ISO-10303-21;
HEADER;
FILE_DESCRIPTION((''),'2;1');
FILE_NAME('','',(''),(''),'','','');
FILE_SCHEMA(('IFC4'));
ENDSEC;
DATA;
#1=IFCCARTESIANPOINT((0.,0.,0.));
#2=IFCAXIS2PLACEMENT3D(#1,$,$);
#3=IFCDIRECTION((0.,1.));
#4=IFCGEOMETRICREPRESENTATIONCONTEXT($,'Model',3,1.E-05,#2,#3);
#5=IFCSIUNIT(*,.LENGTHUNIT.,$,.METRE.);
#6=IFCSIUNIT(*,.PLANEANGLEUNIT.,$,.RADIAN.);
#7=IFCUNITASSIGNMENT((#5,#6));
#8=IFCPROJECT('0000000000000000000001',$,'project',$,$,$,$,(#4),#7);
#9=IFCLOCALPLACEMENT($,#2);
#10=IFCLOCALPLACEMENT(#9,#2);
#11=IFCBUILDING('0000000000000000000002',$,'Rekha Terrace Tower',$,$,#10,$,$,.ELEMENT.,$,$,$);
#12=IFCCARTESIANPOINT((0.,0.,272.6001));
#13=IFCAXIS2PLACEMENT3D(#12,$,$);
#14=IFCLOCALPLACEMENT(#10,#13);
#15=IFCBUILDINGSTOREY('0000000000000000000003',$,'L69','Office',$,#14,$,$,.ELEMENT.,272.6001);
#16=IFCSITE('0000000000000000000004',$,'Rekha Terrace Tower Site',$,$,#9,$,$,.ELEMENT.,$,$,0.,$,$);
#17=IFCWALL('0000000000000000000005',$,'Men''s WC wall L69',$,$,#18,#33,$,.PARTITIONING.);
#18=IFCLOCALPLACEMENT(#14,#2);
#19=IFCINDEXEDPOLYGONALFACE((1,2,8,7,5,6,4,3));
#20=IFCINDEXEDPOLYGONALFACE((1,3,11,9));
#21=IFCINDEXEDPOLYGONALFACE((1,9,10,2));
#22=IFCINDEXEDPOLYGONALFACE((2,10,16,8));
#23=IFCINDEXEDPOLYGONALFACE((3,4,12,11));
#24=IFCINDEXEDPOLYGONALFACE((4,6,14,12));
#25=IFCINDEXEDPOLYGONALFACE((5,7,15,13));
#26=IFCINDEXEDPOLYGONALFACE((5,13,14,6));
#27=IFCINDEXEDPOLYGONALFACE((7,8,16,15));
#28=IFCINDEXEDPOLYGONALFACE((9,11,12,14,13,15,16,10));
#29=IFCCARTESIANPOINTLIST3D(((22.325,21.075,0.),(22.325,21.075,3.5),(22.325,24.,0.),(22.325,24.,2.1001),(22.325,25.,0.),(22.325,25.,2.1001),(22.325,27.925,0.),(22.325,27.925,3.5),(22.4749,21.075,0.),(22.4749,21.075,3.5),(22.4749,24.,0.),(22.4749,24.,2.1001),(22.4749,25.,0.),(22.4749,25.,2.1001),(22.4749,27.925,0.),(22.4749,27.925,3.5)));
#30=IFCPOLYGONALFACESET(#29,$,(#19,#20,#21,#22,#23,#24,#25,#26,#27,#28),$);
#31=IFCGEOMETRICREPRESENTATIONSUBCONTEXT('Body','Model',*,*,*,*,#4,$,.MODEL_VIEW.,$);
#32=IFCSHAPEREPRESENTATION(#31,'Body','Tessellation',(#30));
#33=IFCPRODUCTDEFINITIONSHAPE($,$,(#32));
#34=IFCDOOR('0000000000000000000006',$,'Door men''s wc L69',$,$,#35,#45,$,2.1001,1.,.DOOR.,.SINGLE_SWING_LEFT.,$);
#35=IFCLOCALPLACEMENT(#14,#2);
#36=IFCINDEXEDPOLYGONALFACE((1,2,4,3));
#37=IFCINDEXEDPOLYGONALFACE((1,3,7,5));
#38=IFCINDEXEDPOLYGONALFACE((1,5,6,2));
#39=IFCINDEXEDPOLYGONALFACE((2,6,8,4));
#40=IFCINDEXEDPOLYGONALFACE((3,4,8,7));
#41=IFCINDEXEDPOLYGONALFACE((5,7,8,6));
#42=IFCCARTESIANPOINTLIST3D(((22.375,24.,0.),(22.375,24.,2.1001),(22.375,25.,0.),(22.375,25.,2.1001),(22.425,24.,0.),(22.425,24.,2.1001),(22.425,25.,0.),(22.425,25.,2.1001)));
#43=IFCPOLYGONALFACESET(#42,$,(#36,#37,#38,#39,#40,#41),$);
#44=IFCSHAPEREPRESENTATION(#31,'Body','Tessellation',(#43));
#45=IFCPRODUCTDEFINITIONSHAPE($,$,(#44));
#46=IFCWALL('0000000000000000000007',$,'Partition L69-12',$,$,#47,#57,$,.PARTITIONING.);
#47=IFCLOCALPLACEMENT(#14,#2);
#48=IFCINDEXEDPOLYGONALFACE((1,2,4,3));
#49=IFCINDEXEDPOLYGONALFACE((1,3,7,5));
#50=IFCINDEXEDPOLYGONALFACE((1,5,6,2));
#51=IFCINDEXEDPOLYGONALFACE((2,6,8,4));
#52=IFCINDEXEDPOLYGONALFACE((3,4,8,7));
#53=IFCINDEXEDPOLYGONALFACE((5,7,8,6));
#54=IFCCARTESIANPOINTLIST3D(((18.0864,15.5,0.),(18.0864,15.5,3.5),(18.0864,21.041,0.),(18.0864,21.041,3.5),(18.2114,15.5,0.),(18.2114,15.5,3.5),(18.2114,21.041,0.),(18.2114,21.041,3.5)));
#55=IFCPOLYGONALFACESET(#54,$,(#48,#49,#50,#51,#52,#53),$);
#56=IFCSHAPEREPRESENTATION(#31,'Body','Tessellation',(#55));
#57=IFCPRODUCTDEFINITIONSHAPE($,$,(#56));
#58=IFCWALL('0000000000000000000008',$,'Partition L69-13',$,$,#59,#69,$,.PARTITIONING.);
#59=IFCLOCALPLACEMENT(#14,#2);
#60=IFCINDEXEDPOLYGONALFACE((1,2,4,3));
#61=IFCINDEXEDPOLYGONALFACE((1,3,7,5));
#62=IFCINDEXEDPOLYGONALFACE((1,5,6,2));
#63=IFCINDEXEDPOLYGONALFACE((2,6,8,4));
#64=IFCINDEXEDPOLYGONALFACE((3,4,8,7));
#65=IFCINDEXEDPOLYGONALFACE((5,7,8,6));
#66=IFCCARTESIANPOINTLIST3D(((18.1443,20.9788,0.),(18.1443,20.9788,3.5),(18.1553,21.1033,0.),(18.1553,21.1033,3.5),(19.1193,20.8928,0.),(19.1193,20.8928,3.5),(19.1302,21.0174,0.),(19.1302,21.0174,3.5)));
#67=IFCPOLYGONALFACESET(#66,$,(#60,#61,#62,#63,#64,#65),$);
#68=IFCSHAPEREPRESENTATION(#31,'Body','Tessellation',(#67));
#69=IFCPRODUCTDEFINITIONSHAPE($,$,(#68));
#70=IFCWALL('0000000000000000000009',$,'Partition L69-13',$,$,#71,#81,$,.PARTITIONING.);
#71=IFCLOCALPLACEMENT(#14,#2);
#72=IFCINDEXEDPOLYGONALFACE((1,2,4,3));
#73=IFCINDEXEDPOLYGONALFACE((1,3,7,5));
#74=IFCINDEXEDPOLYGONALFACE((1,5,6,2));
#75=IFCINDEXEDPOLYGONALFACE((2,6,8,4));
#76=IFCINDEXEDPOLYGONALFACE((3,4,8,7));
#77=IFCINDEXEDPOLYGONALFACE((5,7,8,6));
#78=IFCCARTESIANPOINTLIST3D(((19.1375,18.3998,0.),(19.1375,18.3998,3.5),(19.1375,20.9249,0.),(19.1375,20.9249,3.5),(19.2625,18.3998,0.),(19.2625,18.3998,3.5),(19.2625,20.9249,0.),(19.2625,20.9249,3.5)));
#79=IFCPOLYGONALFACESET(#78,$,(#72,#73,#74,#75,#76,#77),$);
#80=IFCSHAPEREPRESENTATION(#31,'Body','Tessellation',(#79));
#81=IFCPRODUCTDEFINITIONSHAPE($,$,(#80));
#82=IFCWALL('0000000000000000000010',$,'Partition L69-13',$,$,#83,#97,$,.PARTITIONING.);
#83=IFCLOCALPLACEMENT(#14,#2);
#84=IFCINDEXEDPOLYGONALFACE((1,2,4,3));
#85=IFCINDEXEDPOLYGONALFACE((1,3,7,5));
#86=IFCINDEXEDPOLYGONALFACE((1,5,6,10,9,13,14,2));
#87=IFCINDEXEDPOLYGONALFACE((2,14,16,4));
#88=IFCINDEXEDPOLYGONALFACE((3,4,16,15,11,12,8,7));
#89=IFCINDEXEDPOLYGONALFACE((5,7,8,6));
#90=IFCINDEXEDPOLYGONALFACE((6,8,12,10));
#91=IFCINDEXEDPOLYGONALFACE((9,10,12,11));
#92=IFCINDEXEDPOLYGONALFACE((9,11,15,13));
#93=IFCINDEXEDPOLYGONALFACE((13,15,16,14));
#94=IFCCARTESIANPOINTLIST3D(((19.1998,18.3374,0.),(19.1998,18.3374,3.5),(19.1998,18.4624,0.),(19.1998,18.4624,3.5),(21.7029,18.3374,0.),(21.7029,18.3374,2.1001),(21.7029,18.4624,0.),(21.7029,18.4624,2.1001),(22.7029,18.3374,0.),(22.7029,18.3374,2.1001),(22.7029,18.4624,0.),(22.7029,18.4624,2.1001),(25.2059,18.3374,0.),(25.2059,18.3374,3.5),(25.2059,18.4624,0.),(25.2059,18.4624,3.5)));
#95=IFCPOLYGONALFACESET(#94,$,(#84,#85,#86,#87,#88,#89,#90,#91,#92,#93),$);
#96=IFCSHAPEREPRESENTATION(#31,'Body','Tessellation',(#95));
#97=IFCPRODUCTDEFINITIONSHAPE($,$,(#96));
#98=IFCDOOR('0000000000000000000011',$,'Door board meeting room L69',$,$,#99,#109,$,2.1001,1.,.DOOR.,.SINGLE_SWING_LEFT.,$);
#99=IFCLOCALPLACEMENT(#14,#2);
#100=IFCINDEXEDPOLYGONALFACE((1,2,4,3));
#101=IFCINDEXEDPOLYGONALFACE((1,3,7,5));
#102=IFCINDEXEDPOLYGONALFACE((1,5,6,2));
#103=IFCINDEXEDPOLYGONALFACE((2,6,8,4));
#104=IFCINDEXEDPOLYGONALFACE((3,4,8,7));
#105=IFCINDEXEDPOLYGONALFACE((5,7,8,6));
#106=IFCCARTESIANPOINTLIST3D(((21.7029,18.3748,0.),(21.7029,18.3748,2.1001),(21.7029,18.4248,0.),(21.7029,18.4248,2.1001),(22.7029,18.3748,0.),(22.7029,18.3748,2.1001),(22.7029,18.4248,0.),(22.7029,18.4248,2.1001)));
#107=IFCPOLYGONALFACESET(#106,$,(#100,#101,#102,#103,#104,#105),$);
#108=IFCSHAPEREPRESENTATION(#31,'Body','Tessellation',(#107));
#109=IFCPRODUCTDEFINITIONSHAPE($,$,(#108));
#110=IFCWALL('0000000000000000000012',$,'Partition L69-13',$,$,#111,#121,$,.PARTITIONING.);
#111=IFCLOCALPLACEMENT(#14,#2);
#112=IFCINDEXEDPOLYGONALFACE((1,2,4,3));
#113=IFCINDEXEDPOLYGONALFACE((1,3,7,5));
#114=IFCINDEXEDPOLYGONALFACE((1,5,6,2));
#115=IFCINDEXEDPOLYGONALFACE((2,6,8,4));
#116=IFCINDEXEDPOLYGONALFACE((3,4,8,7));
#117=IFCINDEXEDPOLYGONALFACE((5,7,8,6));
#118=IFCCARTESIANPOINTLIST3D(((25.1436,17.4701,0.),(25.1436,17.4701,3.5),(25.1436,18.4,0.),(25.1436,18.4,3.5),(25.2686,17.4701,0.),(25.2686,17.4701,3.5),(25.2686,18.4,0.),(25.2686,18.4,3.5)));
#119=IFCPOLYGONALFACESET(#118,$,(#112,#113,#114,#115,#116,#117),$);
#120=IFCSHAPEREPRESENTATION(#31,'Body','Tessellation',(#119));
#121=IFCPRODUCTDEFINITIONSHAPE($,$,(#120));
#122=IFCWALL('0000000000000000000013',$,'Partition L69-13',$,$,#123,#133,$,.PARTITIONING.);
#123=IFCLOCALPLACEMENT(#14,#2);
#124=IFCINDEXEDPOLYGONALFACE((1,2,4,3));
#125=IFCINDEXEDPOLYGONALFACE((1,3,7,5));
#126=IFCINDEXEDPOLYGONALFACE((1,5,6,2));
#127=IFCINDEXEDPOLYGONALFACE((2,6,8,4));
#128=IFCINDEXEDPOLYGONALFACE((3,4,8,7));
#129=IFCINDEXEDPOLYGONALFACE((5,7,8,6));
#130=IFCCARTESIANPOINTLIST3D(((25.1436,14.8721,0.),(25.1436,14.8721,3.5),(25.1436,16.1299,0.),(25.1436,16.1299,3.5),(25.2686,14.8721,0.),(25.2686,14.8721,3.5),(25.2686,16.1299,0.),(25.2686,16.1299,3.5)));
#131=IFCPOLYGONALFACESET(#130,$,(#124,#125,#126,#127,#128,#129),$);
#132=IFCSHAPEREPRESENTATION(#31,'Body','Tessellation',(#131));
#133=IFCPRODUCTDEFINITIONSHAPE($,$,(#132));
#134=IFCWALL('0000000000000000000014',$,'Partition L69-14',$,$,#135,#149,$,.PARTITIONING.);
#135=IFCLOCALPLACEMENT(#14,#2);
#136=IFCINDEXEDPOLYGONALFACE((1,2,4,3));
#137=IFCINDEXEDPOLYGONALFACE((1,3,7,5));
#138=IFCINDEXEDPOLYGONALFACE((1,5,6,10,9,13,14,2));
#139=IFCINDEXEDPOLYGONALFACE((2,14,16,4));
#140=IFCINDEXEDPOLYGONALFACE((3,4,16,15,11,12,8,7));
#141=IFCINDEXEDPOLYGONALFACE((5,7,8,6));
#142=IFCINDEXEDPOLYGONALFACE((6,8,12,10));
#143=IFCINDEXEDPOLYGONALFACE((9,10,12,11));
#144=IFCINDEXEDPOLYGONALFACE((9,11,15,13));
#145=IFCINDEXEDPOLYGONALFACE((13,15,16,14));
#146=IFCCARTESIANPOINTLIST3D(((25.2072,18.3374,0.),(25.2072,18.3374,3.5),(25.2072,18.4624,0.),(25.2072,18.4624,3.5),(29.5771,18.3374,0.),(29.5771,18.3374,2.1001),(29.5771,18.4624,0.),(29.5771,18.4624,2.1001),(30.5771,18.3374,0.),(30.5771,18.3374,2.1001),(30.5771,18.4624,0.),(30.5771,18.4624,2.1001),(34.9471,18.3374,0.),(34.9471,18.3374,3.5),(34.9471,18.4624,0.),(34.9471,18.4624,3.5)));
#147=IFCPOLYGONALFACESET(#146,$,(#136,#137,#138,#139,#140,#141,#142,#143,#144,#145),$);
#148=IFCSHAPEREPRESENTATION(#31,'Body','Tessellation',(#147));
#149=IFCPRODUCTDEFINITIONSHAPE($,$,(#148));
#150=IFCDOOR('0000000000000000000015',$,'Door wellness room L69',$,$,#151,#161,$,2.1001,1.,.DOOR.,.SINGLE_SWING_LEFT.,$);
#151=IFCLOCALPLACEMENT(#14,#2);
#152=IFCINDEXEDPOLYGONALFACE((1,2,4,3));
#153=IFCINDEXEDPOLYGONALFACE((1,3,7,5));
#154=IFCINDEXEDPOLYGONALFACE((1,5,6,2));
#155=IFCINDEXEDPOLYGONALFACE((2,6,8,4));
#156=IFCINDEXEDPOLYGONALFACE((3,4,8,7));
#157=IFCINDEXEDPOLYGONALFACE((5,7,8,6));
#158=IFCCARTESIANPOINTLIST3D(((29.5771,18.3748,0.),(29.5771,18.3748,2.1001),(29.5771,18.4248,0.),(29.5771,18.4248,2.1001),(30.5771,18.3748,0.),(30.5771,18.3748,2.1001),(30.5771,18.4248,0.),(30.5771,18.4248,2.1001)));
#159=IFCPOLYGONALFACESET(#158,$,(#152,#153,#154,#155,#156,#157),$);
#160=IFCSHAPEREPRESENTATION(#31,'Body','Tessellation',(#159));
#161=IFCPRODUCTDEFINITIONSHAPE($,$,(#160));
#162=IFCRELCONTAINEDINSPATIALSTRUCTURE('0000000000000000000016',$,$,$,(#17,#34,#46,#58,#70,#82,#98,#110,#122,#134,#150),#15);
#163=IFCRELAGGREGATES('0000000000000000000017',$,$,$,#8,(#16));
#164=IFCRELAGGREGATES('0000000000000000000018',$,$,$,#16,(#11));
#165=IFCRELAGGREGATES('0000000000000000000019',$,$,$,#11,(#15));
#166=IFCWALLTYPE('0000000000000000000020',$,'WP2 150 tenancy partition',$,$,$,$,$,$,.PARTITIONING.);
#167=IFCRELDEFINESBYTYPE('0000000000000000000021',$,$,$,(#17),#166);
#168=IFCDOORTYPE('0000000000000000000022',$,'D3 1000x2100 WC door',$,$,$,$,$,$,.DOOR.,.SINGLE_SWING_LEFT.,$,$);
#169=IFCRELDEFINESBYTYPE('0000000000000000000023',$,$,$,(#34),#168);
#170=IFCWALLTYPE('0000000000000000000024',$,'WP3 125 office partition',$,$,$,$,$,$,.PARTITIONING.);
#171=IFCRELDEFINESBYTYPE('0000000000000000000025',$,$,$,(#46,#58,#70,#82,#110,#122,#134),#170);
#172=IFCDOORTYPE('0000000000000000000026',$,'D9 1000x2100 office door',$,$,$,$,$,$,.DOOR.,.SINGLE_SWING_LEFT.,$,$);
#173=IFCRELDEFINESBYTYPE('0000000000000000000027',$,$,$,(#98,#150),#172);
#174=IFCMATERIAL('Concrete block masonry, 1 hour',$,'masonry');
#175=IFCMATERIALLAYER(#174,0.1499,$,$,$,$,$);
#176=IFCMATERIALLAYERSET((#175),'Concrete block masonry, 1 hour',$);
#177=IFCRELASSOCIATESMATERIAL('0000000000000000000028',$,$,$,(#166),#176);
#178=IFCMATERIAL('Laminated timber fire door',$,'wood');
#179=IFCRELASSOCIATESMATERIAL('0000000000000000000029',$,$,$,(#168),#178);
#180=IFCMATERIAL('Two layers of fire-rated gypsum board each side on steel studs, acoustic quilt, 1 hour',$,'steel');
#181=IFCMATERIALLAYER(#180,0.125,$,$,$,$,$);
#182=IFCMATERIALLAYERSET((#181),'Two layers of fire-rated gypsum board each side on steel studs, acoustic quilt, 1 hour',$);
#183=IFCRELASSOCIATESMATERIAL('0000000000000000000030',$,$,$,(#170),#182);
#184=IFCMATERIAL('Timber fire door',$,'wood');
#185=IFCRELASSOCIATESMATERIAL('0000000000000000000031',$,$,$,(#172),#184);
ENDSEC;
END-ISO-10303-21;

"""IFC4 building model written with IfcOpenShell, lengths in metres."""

from ifc_helpers import new_model, si_unit, direction, frame, frame_2d, origin, place, context, subcontext, project, spatial, rectangle, extrude, material, layer, layer_set, type_object, element, fill, save


model = new_model("IFC4")

# Units and contexts
model_context = context("Model", 3, precision=1e-05, world=origin(), true_north=direction((0.0, 1.0)))
body_context = subcontext(model_context, "Body", "Model", "MODEL_VIEW")
ifc_project = project(units=[si_unit("LENGTHUNIT", "METRE"), si_unit("PLANEANGLEUNIT", "RADIAN")], contexts=[model_context])

# Site, building, storey
site_placement = place(None, origin())
site = spatial("IfcSite", under=ifc_project, at=site_placement, Name="Rekha Terrace Tower Site", CompositionType="ELEMENT", RefElevation=0.0)
building_placement = place(site_placement, origin())
building = spatial("IfcBuilding", under=site, at=building_placement, Name="Rekha Terrace Tower", CompositionType="ELEMENT")
storey_placement = place(building_placement, frame((0.0, 0.0, 272.6001)))
storey = spatial("IfcBuildingStorey", under=building, at=storey_placement, Name="L69", Description="Office", CompositionType="ELEMENT", Elevation=272.6001)

# Shared definitions
ifc_material_1 = material(Name="Concrete block masonry, 1 hour", Category="masonry")
ifc_layer_1 = layer(ifc_material_1, 0.1499)
ifc_layer_set_1 = layer_set([ifc_layer_1], Name="Concrete block masonry, 1 hour")
wall_type_1 = type_object("IfcWallType", Name="WP2 150 tenancy partition", PredefinedType="PARTITIONING", material=ifc_layer_set_1)

# Wall, opening, door
wall_1_placement = place(storey_placement, frame((22.3999, 21.075, 0.0), z_axis=(0.0, 0.0, 1.0), x_axis=(0.0, 1.0, 0.0)))
wall_1 = element("IfcWall", 1, at=wall_1_placement, inside=storey, type_object=wall_type_1, Name="Men's WC wall L69", PredefinedType="PARTITIONING", context=body_context, shape_type="SweptSolid", body=[
    extrude(rectangle(XDim=6.8501, YDim=0.1499, at=frame_2d((3.425, 0.0))), origin(), (0.0, 0.0, 1.0), 3.5),
])
opening_1_placement = place(wall_1_placement, frame((2.925, 0.0, 0.0)))
opening_1 = element("IfcOpeningElement", 2, at=opening_1_placement, cuts=wall_1, PredefinedType="OPENING", context=body_context, shape_type="SweptSolid", body=[
    extrude(rectangle(XDim=1.0, YDim=2.1001, at=frame_2d((0.5, 1.05))), frame((0.0, 0.085, 0.0), z_axis=(0.0, -1.0, 0.0), x_axis=(1.0, 0.0, 0.0)), (0.0, 0.0, 1.0), 0.1699),
])
ifc_material_2 = material(Name="Laminated timber fire door", Category="wood")
door_type_1 = type_object("IfcDoorType", Name="D3 1000x2100 WC door", OperationType="SINGLE_SWING_LEFT", PredefinedType="DOOR", material=ifc_material_2)
door_1_placement = place(opening_1_placement, origin())
door_1 = element("IfcDoor", 3, at=door_1_placement, inside=storey, type_object=door_type_1, Name="Door men's wc L69", OperationType="SINGLE_SWING_LEFT", OverallHeight=2.1001, OverallWidth=1.0, PredefinedType="DOOR", context=body_context, shape_type="SweptSolid", body=[
    extrude(rectangle(XDim=1.0, YDim=2.1001, at=frame_2d((0.5, 1.05))), frame((0.0, 0.0249, 0.0), z_axis=(0.0, -1.0, 0.0), x_axis=(1.0, 0.0, 0.0)), (0.0, 0.0, 1.0), 0.05),
])
fill(opening_1, door_1)

# Walls
ifc_material_3 = material(Name="Two layers of fire-rated gypsum board each side on steel studs, acoustic quilt, 1 hour", Category="steel")
ifc_layer_2 = layer(ifc_material_3, 0.125)
ifc_layer_set_2 = layer_set([ifc_layer_2], Name="Two layers of fire-rated gypsum board each side on steel studs, acoustic quilt, 1 hour")
wall_type_2 = type_object("IfcWallType", Name="WP3 125 office partition", PredefinedType="PARTITIONING", material=ifc_layer_set_2)
wall_2_placement = place(storey_placement, frame((18.1489, 21.041, 0.0), z_axis=(0.0, 0.0, 1.0), x_axis=(0.0, -1.0, 0.0)))
element("IfcWall", 4, at=wall_2_placement, inside=storey, type_object=wall_type_2, Name="Partition L69-12", PredefinedType="PARTITIONING", context=body_context, shape_type="SweptSolid", body=[
    extrude(rectangle(XDim=5.541, YDim=0.125, at=frame_2d((2.7705, 0.0))), origin(), (0.0, 0.0, 1.0), 3.5),
])
wall_3_placement = place(storey_placement, frame((18.1499, 21.041, 0.0), z_axis=(0.0, 0.0, 1.0), x_axis=(0.996139, -0.087792, 0.0)))
element("IfcWall", 5, at=wall_3_placement, inside=storey, type_object=wall_type_2, Name="Partition L69-13", PredefinedType="PARTITIONING", context=body_context, shape_type="SweptSolid", body=[
    extrude(rectangle(XDim=0.9788, YDim=0.125, at=frame_2d((0.4893, 0.0))), origin(), (0.0, 0.0, 1.0), 3.5),
])
wall_4_placement = place(storey_placement, frame((19.2, 20.925, 0.0), z_axis=(0.0, 0.0, 1.0), x_axis=(0.0, -1.0, 0.0)))
element("IfcWall", 6, at=wall_4_placement, inside=storey, type_object=wall_type_2, Name="Partition L69-13", PredefinedType="PARTITIONING", context=body_context, shape_type="SweptSolid", body=[
    extrude(rectangle(XDim=2.5251, YDim=0.125, at=frame_2d((1.2627, 0.0))), origin(), (0.0, 0.0, 1.0), 3.5),
])

# Wall, opening, door
wall_5_placement = place(storey_placement, frame((19.2, 18.3999, 0.0), z_axis=(0.0, 0.0, 1.0), x_axis=(1.0, 0.0, 0.0)))
wall_5 = element("IfcWall", 7, at=wall_5_placement, inside=storey, type_object=wall_type_2, Name="Partition L69-13", PredefinedType="PARTITIONING", context=body_context, shape_type="SweptSolid", body=[
    extrude(rectangle(XDim=6.0061, YDim=0.125, at=frame_2d((3.0029, 0.0))), origin(), (0.0, 0.0, 1.0), 3.5),
])
opening_2_placement = place(wall_5_placement, frame((2.5029, 0.0, 0.0)))
opening_2 = element("IfcOpeningElement", 8, at=opening_2_placement, cuts=wall_5, PredefinedType="OPENING", context=body_context, shape_type="SweptSolid", body=[
    extrude(rectangle(XDim=1.0, YDim=2.1001, at=frame_2d((0.5, 1.05))), frame((0.0, 0.0725, 0.0), z_axis=(0.0, -1.0, 0.0), x_axis=(1.0, 0.0, 0.0)), (0.0, 0.0, 1.0), 0.145),
])
ifc_material_4 = material(Name="Timber fire door", Category="wood")
door_type_2 = type_object("IfcDoorType", Name="D9 1000x2100 office door", OperationType="SINGLE_SWING_LEFT", PredefinedType="DOOR", material=ifc_material_4)
door_2_placement = place(opening_2_placement, origin())
door_2 = element("IfcDoor", 9, at=door_2_placement, inside=storey, type_object=door_type_2, Name="Door board meeting room L69", OperationType="SINGLE_SWING_LEFT", OverallHeight=2.1001, OverallWidth=1.0, PredefinedType="DOOR", context=body_context, shape_type="SweptSolid", body=[
    extrude(rectangle(XDim=1.0, YDim=2.1001, at=frame_2d((0.5, 1.05))), frame((0.0, 0.0249, 0.0), z_axis=(0.0, -1.0, 0.0), x_axis=(1.0, 0.0, 0.0)), (0.0, 0.0, 1.0), 0.05),
])
fill(opening_2, door_2)

# Walls
wall_6_placement = place(storey_placement, frame((25.2061, 18.3999, 0.0), z_axis=(0.0, 0.0, 1.0), x_axis=(0.0, -1.0, 0.0)))
element("IfcWall", 10, at=wall_6_placement, inside=storey, type_object=wall_type_2, Name="Partition L69-13", PredefinedType="PARTITIONING", context=body_context, shape_type="SweptSolid", body=[
    extrude(rectangle(XDim=0.9299, YDim=0.125, at=frame_2d((0.4648, 0.0))), origin(), (0.0, 0.0, 1.0), 3.5),
])
wall_7_placement = place(storey_placement, frame((25.2061, 16.1299, 0.0), z_axis=(0.0, 0.0, 1.0), x_axis=(0.0, -1.0, 0.0)))
element("IfcWall", 11, at=wall_7_placement, inside=storey, type_object=wall_type_2, Name="Partition L69-13", PredefinedType="PARTITIONING", context=body_context, shape_type="SweptSolid", body=[
    extrude(rectangle(XDim=1.2578, YDim=0.125, at=frame_2d((0.6289, 0.0))), origin(), (0.0, 0.0, 1.0), 3.5),
])

# Wall, opening, door
wall_8_placement = place(storey_placement, frame((25.207, 18.3999, 0.0), z_axis=(0.0, 0.0, 1.0), x_axis=(1.0, 0.0, 0.0)))
wall_8 = element("IfcWall", 12, at=wall_8_placement, inside=storey, type_object=wall_type_2, Name="Partition L69-14", PredefinedType="PARTITIONING", context=body_context, shape_type="SweptSolid", body=[
    extrude(rectangle(XDim=9.74, YDim=0.125, at=frame_2d((4.8701, 0.0))), origin(), (0.0, 0.0, 1.0), 3.5),
])
opening_3_placement = place(wall_8_placement, frame((4.3701, 0.0, 0.0)))
opening_3 = element("IfcOpeningElement", 13, at=opening_3_placement, cuts=wall_8, PredefinedType="OPENING", context=body_context, shape_type="SweptSolid", body=[
    extrude(rectangle(XDim=1.0, YDim=2.1001, at=frame_2d((0.5, 1.05))), frame((0.0, 0.0725, 0.0), z_axis=(0.0, -1.0, 0.0), x_axis=(1.0, 0.0, 0.0)), (0.0, 0.0, 1.0), 0.145),
])
door_3_placement = place(opening_3_placement, origin())
door_3 = element("IfcDoor", 14, at=door_3_placement, inside=storey, type_object=door_type_2, Name="Door wellness room L69", OperationType="SINGLE_SWING_LEFT", OverallHeight=2.1001, OverallWidth=1.0, PredefinedType="DOOR", context=body_context, shape_type="SweptSolid", body=[
    extrude(rectangle(XDim=1.0, YDim=2.1001, at=frame_2d((0.5, 1.05))), frame((0.0, 0.0249, 0.0), z_axis=(0.0, -1.0, 0.0), x_axis=(1.0, 0.0, 0.0)), (0.0, 0.0, 1.0), 0.05),
])
fill(opening_3, door_3)

save(model, "model.ifc")
